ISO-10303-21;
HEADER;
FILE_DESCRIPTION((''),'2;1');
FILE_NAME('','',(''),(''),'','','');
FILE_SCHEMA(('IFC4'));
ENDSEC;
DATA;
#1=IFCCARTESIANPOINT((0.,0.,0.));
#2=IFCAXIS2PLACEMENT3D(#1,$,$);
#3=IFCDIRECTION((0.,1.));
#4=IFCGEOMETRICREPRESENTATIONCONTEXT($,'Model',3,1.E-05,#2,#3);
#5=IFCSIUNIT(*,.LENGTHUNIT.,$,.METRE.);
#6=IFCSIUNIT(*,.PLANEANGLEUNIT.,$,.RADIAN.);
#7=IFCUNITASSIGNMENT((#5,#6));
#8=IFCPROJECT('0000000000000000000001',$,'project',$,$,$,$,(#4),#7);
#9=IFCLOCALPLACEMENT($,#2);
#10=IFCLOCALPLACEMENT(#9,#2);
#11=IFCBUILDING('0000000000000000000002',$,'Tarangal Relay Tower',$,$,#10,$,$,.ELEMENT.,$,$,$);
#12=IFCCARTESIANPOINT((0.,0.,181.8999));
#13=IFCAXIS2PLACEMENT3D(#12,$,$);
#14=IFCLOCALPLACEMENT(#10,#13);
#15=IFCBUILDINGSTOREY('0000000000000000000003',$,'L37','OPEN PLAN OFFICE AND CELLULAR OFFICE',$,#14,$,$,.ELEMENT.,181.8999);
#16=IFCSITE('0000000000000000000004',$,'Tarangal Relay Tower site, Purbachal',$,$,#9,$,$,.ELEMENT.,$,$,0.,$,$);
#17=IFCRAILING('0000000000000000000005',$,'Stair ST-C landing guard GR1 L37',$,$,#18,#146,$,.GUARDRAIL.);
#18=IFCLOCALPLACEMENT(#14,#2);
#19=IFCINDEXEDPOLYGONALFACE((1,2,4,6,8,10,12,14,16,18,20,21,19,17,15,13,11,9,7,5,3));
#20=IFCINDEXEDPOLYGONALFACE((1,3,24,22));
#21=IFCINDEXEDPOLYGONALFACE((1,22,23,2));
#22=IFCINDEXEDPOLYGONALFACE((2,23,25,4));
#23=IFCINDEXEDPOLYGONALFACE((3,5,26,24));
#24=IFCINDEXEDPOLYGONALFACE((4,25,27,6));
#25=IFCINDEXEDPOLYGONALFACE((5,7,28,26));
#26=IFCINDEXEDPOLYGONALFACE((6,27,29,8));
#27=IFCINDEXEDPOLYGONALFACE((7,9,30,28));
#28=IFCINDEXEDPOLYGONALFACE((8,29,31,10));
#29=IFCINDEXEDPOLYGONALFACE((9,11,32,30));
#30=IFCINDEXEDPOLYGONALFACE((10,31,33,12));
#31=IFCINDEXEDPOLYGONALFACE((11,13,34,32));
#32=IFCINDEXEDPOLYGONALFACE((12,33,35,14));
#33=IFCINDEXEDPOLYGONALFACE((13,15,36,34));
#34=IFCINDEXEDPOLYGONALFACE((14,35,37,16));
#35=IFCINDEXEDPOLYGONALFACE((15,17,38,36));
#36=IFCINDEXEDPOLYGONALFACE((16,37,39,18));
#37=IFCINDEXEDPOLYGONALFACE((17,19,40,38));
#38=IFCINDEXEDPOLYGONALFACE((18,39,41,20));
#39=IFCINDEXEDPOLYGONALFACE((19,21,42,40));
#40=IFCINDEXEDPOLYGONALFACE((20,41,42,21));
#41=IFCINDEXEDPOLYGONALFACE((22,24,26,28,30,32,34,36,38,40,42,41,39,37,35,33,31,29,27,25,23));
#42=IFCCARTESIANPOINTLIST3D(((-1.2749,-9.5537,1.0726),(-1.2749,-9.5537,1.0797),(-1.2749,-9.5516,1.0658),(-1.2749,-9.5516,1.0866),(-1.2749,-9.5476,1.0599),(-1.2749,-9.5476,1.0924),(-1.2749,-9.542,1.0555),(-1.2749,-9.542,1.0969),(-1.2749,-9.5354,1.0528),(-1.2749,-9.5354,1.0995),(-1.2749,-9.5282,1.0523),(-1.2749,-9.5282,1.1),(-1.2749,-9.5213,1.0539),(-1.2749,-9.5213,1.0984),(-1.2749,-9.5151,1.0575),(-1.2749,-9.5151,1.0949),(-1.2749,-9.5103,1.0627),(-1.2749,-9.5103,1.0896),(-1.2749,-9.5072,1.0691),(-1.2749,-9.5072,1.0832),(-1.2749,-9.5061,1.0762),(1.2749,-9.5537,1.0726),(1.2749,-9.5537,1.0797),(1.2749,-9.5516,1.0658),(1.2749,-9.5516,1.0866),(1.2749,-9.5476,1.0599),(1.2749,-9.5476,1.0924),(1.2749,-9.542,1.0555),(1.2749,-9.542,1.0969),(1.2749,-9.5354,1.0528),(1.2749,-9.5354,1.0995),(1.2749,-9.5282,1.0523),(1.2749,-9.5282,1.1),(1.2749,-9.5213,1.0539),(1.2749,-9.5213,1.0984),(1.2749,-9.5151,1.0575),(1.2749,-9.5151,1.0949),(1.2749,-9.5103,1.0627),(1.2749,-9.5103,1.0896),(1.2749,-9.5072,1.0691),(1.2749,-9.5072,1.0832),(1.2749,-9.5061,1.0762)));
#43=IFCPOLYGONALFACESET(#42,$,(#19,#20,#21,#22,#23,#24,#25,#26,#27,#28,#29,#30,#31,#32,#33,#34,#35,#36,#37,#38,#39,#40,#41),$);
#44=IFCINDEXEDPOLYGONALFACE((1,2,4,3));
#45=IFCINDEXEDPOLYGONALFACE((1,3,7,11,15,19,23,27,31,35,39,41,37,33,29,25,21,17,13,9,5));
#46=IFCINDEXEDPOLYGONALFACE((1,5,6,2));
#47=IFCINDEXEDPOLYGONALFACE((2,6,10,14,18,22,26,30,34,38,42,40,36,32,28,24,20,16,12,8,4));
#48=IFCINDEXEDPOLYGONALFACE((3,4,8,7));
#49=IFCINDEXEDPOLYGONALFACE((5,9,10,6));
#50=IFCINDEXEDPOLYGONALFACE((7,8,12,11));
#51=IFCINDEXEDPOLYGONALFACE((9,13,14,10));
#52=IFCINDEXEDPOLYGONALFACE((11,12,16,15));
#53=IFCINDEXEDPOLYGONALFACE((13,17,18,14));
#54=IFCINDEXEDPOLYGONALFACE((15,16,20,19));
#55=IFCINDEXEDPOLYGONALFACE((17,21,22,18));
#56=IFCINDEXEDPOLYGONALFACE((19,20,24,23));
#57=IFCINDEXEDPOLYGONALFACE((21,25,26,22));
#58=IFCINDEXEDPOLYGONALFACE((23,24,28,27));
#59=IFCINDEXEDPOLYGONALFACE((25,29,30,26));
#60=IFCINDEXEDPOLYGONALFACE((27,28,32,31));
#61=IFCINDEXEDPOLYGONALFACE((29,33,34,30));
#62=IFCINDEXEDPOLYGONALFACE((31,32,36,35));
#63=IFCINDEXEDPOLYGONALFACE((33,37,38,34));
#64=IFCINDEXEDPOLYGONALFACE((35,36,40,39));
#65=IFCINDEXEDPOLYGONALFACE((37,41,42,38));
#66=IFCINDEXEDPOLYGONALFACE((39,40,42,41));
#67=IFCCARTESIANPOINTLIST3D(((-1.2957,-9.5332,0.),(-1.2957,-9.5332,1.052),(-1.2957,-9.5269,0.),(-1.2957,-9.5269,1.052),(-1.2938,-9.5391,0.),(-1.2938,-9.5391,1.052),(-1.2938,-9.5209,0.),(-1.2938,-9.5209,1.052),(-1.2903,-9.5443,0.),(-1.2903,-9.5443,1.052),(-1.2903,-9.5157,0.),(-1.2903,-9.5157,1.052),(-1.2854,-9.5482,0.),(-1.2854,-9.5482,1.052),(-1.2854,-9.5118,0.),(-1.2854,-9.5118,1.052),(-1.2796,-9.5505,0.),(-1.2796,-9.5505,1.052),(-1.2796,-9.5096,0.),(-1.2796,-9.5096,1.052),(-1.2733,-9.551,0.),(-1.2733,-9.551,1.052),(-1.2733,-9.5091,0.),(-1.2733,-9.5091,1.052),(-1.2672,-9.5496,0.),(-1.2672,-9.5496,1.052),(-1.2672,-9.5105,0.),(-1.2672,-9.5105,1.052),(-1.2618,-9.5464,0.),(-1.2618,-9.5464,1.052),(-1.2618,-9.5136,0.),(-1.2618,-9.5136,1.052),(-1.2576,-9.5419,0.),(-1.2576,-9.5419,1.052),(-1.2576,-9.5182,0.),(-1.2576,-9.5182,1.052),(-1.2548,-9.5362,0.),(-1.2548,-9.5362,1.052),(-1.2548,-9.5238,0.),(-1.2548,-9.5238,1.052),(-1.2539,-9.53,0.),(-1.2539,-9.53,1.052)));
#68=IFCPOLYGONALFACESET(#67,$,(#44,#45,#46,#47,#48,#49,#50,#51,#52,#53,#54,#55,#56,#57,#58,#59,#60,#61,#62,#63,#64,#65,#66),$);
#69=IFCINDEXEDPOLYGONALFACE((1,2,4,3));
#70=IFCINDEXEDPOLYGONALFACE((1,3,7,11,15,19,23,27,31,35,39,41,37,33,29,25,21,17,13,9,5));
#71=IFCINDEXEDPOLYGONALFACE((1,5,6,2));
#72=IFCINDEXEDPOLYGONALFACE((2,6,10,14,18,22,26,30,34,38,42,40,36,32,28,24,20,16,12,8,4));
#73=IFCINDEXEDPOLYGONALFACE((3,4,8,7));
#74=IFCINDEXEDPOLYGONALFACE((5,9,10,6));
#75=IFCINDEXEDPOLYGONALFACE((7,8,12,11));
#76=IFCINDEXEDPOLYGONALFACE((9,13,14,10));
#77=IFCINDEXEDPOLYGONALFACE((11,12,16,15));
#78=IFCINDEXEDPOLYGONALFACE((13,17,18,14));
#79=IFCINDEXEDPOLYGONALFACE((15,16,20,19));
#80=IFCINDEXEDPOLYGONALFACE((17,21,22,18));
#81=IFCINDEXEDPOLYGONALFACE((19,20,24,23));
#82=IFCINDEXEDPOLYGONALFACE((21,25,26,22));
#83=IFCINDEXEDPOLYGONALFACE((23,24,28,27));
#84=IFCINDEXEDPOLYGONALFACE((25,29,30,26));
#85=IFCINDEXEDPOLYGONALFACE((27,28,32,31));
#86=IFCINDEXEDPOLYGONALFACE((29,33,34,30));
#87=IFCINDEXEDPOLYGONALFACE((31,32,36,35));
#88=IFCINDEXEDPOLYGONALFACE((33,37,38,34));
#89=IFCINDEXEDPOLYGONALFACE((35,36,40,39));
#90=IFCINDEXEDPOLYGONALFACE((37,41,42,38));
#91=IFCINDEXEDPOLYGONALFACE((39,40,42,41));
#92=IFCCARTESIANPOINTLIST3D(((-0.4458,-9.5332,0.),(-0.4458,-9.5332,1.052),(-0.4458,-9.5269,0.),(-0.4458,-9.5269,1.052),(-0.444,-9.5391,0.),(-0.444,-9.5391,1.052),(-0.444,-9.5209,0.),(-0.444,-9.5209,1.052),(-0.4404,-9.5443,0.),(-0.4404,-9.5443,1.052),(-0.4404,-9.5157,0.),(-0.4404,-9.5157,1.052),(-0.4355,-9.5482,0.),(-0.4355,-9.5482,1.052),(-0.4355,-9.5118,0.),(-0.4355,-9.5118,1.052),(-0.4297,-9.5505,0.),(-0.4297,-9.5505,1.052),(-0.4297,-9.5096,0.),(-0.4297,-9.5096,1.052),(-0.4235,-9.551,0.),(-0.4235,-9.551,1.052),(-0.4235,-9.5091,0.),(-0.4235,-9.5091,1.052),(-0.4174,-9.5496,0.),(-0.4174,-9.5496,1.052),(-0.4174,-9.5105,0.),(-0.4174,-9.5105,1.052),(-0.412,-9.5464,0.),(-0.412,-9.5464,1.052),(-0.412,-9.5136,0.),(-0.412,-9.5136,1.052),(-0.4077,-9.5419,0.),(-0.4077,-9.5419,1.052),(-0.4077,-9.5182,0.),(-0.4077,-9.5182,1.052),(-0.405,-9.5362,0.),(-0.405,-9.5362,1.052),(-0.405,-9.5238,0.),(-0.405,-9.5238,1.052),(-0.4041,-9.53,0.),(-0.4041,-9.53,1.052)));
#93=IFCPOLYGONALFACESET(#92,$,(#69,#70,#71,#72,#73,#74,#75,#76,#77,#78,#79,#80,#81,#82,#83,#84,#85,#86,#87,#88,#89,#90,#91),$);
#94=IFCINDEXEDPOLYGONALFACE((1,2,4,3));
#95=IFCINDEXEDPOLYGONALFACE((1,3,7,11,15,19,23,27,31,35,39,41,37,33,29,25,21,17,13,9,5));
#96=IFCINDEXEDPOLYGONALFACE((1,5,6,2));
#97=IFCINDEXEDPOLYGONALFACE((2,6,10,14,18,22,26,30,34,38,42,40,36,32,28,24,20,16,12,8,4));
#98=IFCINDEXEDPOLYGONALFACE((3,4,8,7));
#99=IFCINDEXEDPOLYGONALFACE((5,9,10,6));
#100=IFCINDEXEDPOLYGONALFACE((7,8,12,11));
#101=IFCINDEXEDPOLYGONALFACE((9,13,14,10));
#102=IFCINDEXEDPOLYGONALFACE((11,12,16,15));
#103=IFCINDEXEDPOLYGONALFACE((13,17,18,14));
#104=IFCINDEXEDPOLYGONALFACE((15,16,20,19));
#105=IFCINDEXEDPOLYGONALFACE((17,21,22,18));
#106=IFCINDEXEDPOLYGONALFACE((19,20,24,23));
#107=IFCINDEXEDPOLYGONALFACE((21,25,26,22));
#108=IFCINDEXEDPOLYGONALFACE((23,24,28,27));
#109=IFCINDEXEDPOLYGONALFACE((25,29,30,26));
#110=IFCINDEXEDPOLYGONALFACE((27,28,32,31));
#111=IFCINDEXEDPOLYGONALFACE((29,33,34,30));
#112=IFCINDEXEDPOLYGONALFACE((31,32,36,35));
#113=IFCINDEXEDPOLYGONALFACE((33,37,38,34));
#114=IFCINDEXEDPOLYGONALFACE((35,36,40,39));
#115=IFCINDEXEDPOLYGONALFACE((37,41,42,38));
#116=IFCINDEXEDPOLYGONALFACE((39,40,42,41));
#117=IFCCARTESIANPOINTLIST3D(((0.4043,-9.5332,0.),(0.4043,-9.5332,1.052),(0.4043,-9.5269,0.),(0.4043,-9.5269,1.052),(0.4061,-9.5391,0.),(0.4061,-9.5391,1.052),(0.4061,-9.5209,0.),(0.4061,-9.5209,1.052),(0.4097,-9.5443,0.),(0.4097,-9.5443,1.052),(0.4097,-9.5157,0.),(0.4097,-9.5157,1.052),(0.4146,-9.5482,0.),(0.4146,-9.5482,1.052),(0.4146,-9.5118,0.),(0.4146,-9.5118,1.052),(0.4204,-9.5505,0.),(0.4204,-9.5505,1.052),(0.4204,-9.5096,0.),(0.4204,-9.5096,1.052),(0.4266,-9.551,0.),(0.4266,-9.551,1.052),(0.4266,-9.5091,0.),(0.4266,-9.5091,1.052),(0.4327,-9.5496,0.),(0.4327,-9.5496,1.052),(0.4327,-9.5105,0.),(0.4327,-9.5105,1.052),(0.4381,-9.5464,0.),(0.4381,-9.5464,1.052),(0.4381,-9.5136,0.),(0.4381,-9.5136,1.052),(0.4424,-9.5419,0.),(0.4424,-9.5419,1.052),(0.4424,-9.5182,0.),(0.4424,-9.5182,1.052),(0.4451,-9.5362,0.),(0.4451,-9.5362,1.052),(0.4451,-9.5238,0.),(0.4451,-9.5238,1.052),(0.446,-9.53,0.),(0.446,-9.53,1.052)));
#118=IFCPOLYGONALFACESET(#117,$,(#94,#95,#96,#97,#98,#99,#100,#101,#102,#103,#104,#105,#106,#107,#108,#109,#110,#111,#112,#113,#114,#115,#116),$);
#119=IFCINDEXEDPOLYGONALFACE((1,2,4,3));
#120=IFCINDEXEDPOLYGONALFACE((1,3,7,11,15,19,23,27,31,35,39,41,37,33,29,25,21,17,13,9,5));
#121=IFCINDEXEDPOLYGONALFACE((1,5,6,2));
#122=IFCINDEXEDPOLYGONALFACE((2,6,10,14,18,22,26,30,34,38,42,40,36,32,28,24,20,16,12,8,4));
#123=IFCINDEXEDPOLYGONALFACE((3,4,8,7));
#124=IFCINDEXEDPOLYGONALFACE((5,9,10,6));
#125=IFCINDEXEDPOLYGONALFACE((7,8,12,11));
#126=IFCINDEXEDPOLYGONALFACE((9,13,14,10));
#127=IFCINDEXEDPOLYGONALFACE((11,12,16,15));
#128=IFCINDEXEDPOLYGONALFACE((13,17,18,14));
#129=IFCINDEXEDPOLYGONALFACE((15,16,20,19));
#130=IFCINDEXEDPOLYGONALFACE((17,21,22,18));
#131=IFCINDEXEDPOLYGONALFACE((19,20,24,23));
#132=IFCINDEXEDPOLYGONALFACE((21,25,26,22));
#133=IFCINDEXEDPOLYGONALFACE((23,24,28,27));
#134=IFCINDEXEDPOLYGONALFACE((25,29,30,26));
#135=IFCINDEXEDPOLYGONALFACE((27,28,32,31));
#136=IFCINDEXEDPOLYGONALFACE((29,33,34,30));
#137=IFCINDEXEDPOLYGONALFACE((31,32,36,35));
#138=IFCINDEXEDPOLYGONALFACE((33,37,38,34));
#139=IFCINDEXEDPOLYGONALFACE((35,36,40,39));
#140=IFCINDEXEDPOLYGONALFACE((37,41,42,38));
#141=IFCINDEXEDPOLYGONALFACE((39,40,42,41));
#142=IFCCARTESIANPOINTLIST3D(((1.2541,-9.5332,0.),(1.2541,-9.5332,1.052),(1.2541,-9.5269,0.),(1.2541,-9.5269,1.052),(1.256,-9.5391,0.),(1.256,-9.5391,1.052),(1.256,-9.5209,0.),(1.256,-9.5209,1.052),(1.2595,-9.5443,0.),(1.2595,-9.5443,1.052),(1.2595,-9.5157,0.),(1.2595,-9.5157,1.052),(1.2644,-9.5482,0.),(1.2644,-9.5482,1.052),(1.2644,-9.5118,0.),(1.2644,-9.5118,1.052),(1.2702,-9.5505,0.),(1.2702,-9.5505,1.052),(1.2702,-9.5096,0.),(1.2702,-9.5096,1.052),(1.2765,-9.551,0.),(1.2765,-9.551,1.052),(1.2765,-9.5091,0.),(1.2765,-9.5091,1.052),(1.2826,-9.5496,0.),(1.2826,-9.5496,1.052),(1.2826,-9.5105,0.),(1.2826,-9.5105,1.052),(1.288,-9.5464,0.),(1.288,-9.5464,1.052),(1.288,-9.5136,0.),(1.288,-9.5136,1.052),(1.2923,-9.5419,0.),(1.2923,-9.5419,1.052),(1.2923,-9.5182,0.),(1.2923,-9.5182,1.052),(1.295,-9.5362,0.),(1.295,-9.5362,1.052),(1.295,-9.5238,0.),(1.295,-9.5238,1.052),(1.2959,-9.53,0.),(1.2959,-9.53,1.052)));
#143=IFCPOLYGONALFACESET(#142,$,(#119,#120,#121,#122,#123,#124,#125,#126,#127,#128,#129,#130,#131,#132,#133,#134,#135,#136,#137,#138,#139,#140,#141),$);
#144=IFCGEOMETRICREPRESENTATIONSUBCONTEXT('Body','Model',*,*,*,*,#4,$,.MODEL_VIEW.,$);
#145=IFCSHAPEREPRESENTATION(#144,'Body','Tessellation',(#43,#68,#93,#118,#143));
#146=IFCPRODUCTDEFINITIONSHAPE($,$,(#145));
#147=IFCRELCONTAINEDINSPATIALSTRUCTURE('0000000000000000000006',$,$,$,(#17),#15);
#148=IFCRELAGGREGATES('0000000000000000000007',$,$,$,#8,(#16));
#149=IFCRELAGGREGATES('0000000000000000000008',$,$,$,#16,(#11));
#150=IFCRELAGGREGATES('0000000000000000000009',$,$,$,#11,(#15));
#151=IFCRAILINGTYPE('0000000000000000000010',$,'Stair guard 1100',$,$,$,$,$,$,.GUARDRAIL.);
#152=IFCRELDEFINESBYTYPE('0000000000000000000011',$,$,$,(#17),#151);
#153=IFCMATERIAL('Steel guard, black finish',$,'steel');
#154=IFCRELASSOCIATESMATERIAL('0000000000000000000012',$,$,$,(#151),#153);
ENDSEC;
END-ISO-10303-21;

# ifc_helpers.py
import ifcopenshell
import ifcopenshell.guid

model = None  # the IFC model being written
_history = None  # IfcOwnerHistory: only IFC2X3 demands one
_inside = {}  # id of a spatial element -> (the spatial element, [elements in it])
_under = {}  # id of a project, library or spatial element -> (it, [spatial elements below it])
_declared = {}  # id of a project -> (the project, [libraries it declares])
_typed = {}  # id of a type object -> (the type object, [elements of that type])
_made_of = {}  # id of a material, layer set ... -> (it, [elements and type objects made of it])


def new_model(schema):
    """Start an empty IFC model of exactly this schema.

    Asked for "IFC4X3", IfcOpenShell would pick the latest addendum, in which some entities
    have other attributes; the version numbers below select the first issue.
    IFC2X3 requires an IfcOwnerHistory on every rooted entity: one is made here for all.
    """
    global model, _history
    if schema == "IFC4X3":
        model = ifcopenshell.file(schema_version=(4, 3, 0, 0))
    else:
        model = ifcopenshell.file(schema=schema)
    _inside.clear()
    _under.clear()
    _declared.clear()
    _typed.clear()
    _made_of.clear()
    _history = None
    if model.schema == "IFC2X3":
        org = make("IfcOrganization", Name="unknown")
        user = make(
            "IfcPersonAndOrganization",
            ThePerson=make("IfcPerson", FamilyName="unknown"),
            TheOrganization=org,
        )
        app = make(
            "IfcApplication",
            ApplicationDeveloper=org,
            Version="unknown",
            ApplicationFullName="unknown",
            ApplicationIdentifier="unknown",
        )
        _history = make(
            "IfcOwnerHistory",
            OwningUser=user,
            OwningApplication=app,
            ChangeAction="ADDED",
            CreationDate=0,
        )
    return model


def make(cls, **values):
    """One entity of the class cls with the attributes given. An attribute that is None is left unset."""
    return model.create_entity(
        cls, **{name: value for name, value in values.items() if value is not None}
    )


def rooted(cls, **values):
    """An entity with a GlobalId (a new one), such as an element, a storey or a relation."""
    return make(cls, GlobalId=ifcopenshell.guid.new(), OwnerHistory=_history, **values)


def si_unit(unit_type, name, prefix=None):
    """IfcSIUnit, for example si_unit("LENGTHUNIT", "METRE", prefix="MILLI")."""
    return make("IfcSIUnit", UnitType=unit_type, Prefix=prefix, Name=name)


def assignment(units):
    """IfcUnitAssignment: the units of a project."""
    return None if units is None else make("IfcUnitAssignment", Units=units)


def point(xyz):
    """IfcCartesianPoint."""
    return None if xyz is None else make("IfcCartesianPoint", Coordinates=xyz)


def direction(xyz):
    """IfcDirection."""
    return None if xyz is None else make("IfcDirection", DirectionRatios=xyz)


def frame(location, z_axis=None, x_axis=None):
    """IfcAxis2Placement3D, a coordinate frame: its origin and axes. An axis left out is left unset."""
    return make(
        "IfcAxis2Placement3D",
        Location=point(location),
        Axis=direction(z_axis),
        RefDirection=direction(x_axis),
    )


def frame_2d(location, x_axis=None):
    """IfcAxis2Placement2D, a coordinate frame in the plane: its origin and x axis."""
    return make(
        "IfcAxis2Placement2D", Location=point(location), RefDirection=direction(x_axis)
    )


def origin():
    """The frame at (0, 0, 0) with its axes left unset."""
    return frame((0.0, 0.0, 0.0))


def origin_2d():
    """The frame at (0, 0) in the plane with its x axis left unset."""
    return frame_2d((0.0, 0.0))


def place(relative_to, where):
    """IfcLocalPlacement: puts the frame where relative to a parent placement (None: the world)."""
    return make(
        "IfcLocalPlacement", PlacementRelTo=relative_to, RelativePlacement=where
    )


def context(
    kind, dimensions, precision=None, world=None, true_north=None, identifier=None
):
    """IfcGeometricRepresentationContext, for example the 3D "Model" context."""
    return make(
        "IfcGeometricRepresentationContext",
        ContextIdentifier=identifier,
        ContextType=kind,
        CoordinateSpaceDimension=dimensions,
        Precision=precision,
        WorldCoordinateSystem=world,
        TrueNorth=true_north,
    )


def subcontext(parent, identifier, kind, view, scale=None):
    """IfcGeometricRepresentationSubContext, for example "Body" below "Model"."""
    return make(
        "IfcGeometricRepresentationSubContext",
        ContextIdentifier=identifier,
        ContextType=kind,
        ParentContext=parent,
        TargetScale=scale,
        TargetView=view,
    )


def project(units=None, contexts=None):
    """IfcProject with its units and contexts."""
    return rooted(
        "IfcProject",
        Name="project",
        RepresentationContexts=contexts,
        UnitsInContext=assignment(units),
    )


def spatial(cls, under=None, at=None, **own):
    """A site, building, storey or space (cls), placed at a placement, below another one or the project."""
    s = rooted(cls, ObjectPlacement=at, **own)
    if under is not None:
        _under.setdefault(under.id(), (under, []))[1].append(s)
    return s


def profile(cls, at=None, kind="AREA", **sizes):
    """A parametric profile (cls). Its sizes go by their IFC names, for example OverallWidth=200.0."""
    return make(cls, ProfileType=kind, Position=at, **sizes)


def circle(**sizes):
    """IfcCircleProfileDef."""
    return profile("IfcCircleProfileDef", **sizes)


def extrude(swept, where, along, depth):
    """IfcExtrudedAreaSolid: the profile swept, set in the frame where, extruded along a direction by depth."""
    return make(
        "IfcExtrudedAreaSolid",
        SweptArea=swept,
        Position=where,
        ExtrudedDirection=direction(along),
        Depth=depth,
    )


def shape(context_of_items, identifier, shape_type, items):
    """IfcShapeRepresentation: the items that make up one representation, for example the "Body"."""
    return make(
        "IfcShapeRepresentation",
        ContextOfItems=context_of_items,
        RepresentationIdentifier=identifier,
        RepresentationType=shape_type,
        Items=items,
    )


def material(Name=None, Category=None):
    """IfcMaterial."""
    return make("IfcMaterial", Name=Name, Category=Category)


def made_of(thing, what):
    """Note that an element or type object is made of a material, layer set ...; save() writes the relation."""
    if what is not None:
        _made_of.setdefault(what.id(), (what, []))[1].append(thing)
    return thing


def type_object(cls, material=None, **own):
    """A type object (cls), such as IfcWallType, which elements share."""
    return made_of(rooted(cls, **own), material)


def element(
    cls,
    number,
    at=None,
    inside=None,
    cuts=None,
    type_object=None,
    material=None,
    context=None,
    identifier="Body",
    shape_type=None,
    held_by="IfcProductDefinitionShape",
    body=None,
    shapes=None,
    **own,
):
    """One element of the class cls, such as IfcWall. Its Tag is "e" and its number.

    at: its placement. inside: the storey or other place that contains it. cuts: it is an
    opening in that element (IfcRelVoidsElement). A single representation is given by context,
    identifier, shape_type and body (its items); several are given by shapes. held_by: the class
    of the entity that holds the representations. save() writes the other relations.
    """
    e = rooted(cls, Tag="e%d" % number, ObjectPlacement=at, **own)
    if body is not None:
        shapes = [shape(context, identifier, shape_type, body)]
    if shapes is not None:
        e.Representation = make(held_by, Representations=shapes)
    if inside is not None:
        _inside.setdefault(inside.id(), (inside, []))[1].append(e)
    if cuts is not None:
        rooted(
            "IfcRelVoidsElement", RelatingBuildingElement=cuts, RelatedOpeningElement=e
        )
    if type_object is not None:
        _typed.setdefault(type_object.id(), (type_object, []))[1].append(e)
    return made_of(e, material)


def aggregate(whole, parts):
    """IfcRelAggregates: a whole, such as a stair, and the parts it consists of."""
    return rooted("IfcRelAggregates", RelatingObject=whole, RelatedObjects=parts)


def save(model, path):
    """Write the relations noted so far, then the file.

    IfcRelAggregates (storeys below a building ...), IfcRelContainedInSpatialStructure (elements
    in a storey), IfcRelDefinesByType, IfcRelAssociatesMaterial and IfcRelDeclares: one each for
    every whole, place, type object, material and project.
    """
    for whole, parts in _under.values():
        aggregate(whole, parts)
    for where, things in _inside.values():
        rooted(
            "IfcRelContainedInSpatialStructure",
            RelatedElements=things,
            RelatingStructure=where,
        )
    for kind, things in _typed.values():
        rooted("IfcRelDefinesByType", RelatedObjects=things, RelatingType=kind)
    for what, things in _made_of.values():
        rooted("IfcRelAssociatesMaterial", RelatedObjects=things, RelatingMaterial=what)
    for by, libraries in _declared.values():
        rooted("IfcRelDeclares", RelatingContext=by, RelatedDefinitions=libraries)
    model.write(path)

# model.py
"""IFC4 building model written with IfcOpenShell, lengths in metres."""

from ifc_helpers import new_model, si_unit, direction, frame, origin, origin_2d, place, context, subcontext, project, spatial, circle, extrude, material, type_object, element, save


model = new_model("IFC4")

# Units and contexts
model_context = context("Model", 3, precision=1e-05, world=origin(), true_north=direction((0.0, 1.0)))
body_context = subcontext(model_context, "Body", "Model", "MODEL_VIEW")
ifc_project = project(units=[si_unit("LENGTHUNIT", "METRE"), si_unit("PLANEANGLEUNIT", "RADIAN")], contexts=[model_context])

# Site, building, storey
site_placement = place(None, origin())
site = spatial("IfcSite", under=ifc_project, at=site_placement, Name="Tarangal Relay Tower site, Purbachal", CompositionType="ELEMENT", RefElevation=0.0)
building_placement = place(site_placement, origin())
building = spatial("IfcBuilding", under=site, at=building_placement, Name="Tarangal Relay Tower", CompositionType="ELEMENT")
storey_placement = place(building_placement, frame((0.0, 0.0, 181.8999)))
storey = spatial("IfcBuildingStorey", under=building, at=storey_placement, Name="L37", Description="OPEN PLAN OFFICE AND CELLULAR OFFICE", CompositionType="ELEMENT", Elevation=181.8999)

# Railing
ifc_material_1 = material(Name="Steel guard, black finish", Category="steel")
railing_type_1 = type_object("IfcRailingType", Name="Stair guard 1100", PredefinedType="GUARDRAIL", material=ifc_material_1)
for number, where, name in (
    (1, (-1.2749, -9.53, 0.0), "Stair ST-C landing guard GR1 L37"),
):
    element("IfcRailing", number, at=place(storey_placement, frame(where)), inside=storey, type_object=railing_type_1, Name=name, PredefinedType="GUARDRAIL", context=body_context, shape_type="SweptSolid", body=[
        extrude(circle(Radius=0.0239, at=origin_2d()), frame((0.0, 0.0, 1.0762), z_axis=(1.0, 0.0, 0.0), x_axis=(0.0, 1.0, 0.0)), (0.0, 0.0, 1.0), 2.5498),
        extrude(circle(Radius=0.021, at=origin_2d()), origin(), (0.0, 0.0, 1.0), 1.052),
        extrude(circle(Radius=0.021, at=origin_2d()), frame((0.8499, 0.0, 0.0)), (0.0, 0.0, 1.0), 1.052),
        extrude(circle(Radius=0.021, at=origin_2d()), frame((1.7, 0.0, 0.0)), (0.0, 0.0, 1.0), 1.052),
        extrude(circle(Radius=0.021, at=origin_2d()), frame((2.5498, 0.0, 0.0)), (0.0, 0.0, 1.0), 1.052),
    ])

save(model, "model.ifc")
